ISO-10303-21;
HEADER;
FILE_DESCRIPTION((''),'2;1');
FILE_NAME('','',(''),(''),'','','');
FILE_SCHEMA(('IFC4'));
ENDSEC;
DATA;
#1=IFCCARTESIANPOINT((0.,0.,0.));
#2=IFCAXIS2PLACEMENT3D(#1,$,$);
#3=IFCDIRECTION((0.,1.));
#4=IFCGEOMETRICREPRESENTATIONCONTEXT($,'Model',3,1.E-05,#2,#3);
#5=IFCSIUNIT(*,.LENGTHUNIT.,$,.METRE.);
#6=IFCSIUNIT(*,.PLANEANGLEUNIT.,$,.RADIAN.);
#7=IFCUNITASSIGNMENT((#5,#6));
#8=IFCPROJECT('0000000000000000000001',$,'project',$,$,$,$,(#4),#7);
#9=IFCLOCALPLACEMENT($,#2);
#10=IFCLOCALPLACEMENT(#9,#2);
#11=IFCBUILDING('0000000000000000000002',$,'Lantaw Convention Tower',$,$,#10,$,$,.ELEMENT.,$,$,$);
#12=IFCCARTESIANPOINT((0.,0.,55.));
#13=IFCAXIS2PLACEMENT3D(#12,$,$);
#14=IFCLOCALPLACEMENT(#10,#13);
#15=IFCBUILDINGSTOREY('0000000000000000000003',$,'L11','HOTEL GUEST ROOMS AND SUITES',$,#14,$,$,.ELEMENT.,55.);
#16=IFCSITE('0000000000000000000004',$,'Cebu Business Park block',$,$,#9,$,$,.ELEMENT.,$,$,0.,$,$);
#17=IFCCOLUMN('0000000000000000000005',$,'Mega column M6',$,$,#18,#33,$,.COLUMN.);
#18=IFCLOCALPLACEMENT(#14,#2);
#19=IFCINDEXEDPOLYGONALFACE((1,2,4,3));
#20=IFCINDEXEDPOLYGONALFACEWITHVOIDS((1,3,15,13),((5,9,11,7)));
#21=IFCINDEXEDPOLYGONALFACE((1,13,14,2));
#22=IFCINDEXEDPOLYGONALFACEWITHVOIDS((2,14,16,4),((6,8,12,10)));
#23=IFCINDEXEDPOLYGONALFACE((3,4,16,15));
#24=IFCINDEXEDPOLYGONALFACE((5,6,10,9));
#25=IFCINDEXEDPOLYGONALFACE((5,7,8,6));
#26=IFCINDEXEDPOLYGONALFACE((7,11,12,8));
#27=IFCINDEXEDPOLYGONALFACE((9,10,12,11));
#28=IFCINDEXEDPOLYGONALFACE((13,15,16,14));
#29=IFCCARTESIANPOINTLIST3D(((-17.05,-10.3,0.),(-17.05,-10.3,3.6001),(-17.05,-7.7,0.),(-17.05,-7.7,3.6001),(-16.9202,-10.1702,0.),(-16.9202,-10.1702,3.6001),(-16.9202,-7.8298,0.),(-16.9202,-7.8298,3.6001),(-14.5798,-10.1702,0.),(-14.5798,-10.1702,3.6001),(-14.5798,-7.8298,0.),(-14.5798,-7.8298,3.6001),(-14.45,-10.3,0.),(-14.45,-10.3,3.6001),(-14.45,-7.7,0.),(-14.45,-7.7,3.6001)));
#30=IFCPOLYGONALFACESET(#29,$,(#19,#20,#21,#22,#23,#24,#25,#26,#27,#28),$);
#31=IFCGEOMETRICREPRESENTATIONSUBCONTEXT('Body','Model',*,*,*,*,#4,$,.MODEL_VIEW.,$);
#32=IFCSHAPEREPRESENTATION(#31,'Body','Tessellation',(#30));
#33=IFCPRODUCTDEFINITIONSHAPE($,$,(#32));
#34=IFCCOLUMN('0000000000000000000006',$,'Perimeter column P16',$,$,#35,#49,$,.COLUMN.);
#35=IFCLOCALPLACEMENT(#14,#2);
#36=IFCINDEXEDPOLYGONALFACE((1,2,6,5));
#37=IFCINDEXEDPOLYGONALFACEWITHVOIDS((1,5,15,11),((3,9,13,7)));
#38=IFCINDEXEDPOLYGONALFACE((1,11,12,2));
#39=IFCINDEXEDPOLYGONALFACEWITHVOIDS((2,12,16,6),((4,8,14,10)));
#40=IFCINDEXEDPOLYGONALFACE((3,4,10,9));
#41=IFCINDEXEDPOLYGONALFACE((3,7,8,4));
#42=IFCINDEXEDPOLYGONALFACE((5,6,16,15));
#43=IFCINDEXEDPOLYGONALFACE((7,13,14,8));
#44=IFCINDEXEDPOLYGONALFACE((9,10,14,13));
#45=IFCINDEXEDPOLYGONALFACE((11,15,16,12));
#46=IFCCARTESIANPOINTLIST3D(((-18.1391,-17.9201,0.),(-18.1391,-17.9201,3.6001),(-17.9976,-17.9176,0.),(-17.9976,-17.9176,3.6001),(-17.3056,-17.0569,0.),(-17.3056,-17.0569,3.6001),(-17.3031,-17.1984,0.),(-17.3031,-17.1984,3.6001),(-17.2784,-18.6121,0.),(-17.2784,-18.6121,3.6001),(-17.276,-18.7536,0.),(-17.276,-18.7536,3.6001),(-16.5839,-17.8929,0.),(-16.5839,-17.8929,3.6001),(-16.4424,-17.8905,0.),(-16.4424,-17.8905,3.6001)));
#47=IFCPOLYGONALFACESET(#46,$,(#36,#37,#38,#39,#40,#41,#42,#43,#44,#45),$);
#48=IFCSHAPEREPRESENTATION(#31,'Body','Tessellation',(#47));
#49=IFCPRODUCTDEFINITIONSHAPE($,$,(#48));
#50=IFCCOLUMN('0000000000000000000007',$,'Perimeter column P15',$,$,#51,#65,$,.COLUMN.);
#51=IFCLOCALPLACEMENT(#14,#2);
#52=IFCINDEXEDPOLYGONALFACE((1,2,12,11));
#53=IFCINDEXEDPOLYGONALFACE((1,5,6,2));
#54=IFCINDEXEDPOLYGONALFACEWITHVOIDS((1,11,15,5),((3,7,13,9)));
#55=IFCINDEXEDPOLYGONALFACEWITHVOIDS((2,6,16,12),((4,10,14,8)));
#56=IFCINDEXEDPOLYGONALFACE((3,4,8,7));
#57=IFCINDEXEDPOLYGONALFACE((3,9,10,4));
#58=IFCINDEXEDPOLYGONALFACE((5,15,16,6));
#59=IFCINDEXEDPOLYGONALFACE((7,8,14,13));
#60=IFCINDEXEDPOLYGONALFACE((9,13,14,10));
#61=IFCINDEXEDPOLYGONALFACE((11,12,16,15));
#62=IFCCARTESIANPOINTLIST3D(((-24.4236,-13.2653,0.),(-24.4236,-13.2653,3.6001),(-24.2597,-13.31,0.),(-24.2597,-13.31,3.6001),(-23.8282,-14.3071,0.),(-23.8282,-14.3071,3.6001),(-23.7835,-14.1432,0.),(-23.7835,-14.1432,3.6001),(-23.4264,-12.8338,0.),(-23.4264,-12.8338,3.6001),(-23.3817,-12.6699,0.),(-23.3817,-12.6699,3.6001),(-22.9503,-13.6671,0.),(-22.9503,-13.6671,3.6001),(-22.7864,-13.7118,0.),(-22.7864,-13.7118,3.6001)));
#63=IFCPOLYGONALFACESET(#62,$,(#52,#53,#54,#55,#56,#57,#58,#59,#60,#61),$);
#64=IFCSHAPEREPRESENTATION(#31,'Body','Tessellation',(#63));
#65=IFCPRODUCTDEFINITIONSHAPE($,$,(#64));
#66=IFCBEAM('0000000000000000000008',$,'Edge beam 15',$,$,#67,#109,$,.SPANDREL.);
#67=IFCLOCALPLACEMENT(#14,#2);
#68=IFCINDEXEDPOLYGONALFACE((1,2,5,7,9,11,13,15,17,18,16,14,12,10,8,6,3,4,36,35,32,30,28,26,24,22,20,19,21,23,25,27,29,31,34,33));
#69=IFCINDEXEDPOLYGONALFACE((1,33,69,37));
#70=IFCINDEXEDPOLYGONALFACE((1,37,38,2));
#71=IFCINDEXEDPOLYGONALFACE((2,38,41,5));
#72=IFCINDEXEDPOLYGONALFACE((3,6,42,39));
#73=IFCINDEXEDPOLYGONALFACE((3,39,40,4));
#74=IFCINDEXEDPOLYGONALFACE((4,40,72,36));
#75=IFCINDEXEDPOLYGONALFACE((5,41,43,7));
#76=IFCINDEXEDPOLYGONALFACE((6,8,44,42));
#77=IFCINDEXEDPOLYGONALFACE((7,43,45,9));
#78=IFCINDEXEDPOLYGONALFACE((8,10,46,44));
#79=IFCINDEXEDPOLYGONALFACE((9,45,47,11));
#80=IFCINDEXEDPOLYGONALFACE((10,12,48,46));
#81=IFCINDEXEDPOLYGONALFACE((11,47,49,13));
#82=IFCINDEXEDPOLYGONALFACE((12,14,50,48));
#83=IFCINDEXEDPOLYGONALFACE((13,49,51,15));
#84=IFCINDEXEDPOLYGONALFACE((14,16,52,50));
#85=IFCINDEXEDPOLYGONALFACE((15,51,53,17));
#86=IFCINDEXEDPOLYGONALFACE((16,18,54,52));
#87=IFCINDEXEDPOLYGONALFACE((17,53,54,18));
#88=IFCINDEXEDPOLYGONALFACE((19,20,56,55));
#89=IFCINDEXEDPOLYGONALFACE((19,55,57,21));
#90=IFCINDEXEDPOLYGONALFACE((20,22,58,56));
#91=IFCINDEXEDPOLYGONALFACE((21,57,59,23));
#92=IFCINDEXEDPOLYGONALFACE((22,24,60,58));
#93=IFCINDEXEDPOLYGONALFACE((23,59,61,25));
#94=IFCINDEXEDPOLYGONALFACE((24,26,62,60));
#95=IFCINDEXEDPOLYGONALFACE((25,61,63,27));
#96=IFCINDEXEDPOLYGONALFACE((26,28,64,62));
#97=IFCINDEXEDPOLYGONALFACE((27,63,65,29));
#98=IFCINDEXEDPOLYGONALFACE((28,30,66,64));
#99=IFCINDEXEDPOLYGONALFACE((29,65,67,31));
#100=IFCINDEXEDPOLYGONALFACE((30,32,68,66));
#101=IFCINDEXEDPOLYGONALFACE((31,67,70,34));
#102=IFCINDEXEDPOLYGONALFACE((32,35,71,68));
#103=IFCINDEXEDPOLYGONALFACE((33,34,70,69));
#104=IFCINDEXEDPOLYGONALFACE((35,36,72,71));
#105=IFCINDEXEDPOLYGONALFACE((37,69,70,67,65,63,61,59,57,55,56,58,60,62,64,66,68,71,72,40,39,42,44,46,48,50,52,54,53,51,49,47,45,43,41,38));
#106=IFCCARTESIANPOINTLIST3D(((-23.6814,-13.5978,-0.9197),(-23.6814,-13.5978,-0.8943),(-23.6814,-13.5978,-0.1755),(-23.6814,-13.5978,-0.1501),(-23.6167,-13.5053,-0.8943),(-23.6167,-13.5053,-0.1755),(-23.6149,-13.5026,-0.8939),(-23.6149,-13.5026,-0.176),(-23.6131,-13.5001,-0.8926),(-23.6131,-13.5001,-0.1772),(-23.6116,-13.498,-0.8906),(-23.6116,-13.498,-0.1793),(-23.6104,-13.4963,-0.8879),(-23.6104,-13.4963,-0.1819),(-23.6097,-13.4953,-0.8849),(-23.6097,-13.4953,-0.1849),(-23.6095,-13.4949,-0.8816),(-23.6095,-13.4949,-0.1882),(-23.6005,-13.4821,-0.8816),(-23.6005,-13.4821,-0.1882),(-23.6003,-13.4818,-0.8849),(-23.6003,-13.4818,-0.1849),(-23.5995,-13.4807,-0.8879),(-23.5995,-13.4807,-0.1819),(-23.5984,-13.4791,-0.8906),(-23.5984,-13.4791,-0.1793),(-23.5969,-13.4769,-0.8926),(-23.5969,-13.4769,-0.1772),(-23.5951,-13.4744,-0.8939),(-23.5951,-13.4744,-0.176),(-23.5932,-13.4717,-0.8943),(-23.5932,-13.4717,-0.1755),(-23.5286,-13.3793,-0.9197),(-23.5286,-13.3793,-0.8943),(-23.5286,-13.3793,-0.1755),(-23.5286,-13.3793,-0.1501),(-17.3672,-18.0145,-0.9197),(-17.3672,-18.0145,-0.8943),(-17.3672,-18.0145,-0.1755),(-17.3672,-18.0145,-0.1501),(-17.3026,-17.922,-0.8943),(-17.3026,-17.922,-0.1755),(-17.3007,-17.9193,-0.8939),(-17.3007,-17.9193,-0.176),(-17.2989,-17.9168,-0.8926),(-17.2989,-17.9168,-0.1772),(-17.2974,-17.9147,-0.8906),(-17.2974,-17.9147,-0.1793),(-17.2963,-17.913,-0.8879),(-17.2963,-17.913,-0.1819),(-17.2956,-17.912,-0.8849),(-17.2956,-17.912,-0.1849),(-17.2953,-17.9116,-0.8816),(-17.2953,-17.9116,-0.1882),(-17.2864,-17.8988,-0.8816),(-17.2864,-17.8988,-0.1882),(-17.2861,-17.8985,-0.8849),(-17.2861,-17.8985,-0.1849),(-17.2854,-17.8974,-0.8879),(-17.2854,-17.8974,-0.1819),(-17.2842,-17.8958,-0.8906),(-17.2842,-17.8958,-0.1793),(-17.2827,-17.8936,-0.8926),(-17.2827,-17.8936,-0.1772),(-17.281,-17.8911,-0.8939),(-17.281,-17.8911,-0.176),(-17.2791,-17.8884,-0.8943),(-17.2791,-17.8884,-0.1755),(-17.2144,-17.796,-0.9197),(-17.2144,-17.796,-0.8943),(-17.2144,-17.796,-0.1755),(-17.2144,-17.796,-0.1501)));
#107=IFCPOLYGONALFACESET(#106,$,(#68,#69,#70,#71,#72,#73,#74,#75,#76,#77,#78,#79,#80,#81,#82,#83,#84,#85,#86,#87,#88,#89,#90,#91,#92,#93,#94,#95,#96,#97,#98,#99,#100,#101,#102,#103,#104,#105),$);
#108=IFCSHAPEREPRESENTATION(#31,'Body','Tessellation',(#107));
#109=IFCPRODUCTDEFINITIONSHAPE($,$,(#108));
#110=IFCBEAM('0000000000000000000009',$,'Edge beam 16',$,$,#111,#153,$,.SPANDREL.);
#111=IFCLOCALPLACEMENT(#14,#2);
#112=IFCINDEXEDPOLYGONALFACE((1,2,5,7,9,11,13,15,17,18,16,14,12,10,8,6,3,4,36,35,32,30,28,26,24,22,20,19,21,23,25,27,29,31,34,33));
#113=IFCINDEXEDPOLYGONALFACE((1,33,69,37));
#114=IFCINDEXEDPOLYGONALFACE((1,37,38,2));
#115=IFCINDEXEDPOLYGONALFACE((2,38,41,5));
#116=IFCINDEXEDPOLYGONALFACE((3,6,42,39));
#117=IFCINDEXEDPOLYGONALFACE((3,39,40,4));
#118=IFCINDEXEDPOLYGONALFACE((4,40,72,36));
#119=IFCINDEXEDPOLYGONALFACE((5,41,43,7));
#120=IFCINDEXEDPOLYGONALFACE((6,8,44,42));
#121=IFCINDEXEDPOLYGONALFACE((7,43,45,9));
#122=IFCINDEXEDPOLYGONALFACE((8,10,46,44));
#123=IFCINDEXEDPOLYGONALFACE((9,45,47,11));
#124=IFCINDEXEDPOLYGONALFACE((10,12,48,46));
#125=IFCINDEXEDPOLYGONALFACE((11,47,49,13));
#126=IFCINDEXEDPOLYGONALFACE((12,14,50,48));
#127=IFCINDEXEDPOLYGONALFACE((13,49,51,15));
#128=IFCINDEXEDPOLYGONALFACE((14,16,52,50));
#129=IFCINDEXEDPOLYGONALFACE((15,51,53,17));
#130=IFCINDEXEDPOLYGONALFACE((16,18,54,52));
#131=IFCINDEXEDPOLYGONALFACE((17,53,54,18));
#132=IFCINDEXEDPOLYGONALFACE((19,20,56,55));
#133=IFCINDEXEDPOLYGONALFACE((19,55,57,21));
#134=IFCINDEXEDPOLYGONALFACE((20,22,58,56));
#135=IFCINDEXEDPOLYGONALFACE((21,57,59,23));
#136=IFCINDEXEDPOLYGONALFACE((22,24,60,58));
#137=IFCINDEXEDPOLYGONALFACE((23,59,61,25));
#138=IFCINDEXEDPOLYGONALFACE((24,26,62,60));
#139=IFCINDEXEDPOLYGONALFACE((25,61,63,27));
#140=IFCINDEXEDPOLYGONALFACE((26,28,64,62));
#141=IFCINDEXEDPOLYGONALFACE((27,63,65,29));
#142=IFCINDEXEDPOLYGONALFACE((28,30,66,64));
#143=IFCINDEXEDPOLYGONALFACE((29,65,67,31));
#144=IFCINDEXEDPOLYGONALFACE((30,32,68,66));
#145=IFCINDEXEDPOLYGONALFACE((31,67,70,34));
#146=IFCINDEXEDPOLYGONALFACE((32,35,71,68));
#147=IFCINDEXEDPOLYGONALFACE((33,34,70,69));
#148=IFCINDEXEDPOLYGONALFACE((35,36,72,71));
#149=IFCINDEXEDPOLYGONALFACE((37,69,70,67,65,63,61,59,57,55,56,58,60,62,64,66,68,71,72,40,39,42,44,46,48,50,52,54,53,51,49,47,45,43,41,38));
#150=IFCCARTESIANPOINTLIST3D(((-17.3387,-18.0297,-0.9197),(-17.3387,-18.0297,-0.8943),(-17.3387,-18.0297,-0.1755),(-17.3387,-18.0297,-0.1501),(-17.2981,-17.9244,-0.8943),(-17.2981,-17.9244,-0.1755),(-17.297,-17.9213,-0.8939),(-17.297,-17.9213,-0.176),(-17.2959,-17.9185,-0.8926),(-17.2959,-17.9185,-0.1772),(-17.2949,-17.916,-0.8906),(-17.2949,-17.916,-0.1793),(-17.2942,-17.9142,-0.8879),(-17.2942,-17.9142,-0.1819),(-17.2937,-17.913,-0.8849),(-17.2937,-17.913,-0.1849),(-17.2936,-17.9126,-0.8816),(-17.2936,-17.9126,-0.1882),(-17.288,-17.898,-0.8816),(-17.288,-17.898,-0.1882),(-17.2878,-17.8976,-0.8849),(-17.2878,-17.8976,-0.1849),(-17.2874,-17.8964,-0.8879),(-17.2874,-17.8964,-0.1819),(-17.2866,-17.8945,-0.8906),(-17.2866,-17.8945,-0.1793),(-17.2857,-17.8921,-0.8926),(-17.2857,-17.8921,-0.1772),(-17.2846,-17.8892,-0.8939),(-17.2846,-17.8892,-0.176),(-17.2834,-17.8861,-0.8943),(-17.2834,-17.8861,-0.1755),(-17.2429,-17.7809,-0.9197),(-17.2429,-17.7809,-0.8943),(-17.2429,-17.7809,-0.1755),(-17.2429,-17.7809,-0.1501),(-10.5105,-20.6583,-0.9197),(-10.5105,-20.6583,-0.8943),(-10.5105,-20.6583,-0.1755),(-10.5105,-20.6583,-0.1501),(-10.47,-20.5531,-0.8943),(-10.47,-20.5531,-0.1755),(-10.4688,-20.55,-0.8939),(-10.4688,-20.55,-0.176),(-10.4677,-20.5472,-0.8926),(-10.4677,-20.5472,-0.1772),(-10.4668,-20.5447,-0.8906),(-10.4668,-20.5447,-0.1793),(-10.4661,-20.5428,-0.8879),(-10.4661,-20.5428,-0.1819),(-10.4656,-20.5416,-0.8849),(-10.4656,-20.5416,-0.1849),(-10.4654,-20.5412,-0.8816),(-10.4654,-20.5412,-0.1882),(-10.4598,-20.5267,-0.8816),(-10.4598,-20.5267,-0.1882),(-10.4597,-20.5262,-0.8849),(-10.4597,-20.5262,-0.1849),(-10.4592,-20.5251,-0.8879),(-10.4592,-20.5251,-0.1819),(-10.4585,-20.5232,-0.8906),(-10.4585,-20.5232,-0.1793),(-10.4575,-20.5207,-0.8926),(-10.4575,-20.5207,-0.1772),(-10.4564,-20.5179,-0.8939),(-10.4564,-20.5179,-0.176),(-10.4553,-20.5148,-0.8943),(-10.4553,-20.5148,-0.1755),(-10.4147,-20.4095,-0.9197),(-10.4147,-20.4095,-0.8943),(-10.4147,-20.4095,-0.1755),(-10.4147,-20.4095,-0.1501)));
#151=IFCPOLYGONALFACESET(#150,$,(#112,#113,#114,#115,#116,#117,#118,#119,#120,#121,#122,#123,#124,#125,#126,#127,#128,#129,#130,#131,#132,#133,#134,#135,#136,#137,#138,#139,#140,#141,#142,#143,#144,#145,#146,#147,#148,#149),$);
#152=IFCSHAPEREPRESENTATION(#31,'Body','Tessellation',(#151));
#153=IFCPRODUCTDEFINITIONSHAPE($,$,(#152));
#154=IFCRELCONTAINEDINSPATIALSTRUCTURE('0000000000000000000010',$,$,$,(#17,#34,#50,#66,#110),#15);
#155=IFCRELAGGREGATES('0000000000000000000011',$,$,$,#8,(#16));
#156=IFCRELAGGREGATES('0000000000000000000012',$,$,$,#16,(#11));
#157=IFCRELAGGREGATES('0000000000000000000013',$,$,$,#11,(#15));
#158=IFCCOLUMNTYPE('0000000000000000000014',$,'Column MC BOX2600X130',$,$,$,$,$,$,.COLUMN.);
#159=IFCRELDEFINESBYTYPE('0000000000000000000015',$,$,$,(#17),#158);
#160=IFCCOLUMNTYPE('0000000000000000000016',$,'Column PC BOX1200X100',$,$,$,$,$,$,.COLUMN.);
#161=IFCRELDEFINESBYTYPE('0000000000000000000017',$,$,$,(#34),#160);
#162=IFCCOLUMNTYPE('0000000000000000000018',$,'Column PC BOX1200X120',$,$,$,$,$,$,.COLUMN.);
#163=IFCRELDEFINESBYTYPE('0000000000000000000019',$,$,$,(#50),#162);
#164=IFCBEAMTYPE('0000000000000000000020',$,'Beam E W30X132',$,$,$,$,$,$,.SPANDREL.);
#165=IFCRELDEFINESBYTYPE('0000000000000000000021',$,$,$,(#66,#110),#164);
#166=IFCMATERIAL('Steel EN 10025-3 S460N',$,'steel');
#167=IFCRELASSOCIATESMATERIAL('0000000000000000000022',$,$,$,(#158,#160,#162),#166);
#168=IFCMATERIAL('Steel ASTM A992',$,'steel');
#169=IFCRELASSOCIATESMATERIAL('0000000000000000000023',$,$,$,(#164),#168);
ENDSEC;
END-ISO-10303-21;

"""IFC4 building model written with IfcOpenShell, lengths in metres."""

from ifc_helpers import new_model, si_unit, direction, frame, origin, origin_2d, place, context, subcontext, project, spatial, rectangle, hollow_rectangle, i_section, extrude, material, material_profile, profile_set, type_object, element, save


model = new_model("IFC4")

# Units and contexts
model_context = context("Model", 3, precision=1e-05, world=origin(), true_north=direction((0.0, 1.0)))
body_context = subcontext(model_context, "Body", "Model", "MODEL_VIEW")
ifc_project = project(units=[si_unit("LENGTHUNIT", "METRE"), si_unit("PLANEANGLEUNIT", "RADIAN")], contexts=[model_context])

# Site, building, storey
site_placement = place(None, origin())
site = spatial("IfcSite", under=ifc_project, at=site_placement, Name="Cebu Business Park block", CompositionType="ELEMENT", RefElevation=0.0)
building_placement = place(site_placement, origin())
building = spatial("IfcBuilding", under=site, at=building_placement, Name="Lantaw Convention Tower", CompositionType="ELEMENT")
storey_placement = place(building_placement, frame((0.0, 0.0, 55.0)))
storey = spatial("IfcBuildingStorey", under=building, at=storey_placement, Name="L11", Description="HOTEL GUEST ROOMS AND SUITES", CompositionType="ELEMENT", Elevation=55.0)

# Columns
ifc_material_1 = material(Name="Steel EN 10025-3 S460N", Category="steel")
ifc_material_profile_1 = material_profile(ifc_material_1, hollow_rectangle(XDim=2.6001, YDim=2.6001, WallThickness=0.1299, at=origin_2d()), Name="BOX2600X130")
ifc_material_2 = material(Name="Concrete C60/75", Category="concrete")
ifc_material_profile_2 = material_profile(ifc_material_2, rectangle(XDim=2.3401, YDim=2.3401, at=origin_2d()), Name="Concrete fill of BOX2600X130")
ifc_profile_set_1 = profile_set([ifc_material_profile_1, ifc_material_profile_2], Name="Steel EN 10025-3 S460N")
column_type_1 = type_object("IfcColumnType", Name="Column MC BOX2600X130", PredefinedType="COLUMN", material=ifc_profile_set_1)
column_1_placement = place(storey_placement, frame((-15.75, -9.0, 0.0), z_axis=(0.0, 0.0, 1.0), x_axis=(1.0, 0.0, 0.0)))
element("IfcColumn", 1, at=column_1_placement, inside=storey, type_object=column_type_1, Name="Mega column M6", PredefinedType="COLUMN", context=body_context, shape_type="SweptSolid", body=[
    extrude(hollow_rectangle(XDim=2.6001, YDim=2.6001, WallThickness=0.1299, at=origin_2d()), origin(), (0.0, 0.0, 1.0), 3.6001),
])
ifc_material_profile_3 = material_profile(ifc_material_1, hollow_rectangle(XDim=1.2, YDim=1.2, WallThickness=0.1001, at=origin_2d()), Name="BOX1200X100")
ifc_material_profile_4 = material_profile(ifc_material_2, rectangle(XDim=1.0, YDim=1.0, at=origin_2d()), Name="Concrete fill of BOX1200X100")
ifc_profile_set_2 = profile_set([ifc_material_profile_3, ifc_material_profile_4], Name="Steel EN 10025-3 S460N")
column_type_2 = type_object("IfcColumnType", Name="Column PC BOX1200X100", PredefinedType="COLUMN", material=ifc_profile_set_2)
column_2_placement = place(storey_placement, frame((-17.2908, -17.9053, 0.0), z_axis=(0.0, 0.0, 1.0), x_axis=(0.694658, 0.71934, 0.0)))
element("IfcColumn", 2, at=column_2_placement, inside=storey, type_object=column_type_2, Name="Perimeter column P16", PredefinedType="COLUMN", context=body_context, shape_type="SweptSolid", body=[
    extrude(hollow_rectangle(XDim=1.2, YDim=1.2, WallThickness=0.1001, at=origin_2d()), origin(), (0.0, 0.0, 1.0), 3.6001),
])
ifc_material_profile_5 = material_profile(ifc_material_1, hollow_rectangle(XDim=1.2, YDim=1.2, WallThickness=0.1201, at=origin_2d()), Name="BOX1200X120")
ifc_material_profile_6 = material_profile(ifc_material_2, rectangle(XDim=0.96, YDim=0.96, at=origin_2d()), Name="Concrete fill of BOX1200X120")
ifc_profile_set_3 = profile_set([ifc_material_profile_5, ifc_material_profile_6], Name="Steel EN 10025-3 S460N")
column_type_3 = type_object("IfcColumnType", Name="Column PC BOX1200X120", PredefinedType="COLUMN", material=ifc_profile_set_3)
column_3_placement = place(storey_placement, frame((-23.605, -13.4885, 0.0), z_axis=(0.0, 0.0, 1.0), x_axis=(0.868243, 0.496139, 0.0)))
element("IfcColumn", 3, at=column_3_placement, inside=storey, type_object=column_type_3, Name="Perimeter column P15", PredefinedType="COLUMN", context=body_context, shape_type="SweptSolid", body=[
    extrude(hollow_rectangle(XDim=1.2, YDim=1.2, WallThickness=0.1201, at=origin_2d()), origin(), (0.0, 0.0, 1.0), 3.6001),
])

# Beams
ifc_material_3 = material(Name="Steel ASTM A992", Category="steel")
ifc_material_profile_7 = material_profile(ifc_material_3, i_section(OverallWidth=0.2666, OverallDepth=0.7695, WebThickness=0.0156, FlangeThickness=0.0254, FilletRadius=0.0127, at=origin_2d()), Name="W30X132")
ifc_profile_set_4 = profile_set([ifc_material_profile_7], Name="Steel ASTM A992")
beam_type_1 = type_object("IfcBeamType", Name="Beam E W30X132", PredefinedType="SPANDREL", material=ifc_profile_set_4)
beam_1_placement = place(storey_placement, frame((-23.605, -13.4885, -0.5349), z_axis=(0.819427, -0.573184, 0.0), x_axis=(0.573184, 0.819427, 0.0)))
element("IfcBeam", 4, at=beam_1_placement, inside=storey, type_object=beam_type_1, Name="Edge beam 15", PredefinedType="SPANDREL", context=body_context, shape_type="SweptSolid", body=[
    extrude(i_section(OverallWidth=0.2666, OverallDepth=0.7695, WebThickness=0.0156, FlangeThickness=0.0254, FilletRadius=0.0127, at=origin_2d()), origin(), (0.0, 0.0, 1.0), 7.7056),
])
beam_2_placement = place(storey_placement, frame((-17.2908, -17.9053, -0.5349), z_axis=(0.933233, -0.359272, 0.0), x_axis=(0.359272, 0.933233, 0.0)))
element("IfcBeam", 5, at=beam_2_placement, inside=storey, type_object=beam_type_1, Name="Edge beam 16", PredefinedType="SPANDREL", context=body_context, shape_type="SweptSolid", body=[
    extrude(i_section(OverallWidth=0.2666, OverallDepth=0.7695, WebThickness=0.0156, FlangeThickness=0.0254, FilletRadius=0.0127, at=origin_2d()), origin(), (0.0, 0.0, 1.0), 7.3167),
])

save(model, "model.ifc")
